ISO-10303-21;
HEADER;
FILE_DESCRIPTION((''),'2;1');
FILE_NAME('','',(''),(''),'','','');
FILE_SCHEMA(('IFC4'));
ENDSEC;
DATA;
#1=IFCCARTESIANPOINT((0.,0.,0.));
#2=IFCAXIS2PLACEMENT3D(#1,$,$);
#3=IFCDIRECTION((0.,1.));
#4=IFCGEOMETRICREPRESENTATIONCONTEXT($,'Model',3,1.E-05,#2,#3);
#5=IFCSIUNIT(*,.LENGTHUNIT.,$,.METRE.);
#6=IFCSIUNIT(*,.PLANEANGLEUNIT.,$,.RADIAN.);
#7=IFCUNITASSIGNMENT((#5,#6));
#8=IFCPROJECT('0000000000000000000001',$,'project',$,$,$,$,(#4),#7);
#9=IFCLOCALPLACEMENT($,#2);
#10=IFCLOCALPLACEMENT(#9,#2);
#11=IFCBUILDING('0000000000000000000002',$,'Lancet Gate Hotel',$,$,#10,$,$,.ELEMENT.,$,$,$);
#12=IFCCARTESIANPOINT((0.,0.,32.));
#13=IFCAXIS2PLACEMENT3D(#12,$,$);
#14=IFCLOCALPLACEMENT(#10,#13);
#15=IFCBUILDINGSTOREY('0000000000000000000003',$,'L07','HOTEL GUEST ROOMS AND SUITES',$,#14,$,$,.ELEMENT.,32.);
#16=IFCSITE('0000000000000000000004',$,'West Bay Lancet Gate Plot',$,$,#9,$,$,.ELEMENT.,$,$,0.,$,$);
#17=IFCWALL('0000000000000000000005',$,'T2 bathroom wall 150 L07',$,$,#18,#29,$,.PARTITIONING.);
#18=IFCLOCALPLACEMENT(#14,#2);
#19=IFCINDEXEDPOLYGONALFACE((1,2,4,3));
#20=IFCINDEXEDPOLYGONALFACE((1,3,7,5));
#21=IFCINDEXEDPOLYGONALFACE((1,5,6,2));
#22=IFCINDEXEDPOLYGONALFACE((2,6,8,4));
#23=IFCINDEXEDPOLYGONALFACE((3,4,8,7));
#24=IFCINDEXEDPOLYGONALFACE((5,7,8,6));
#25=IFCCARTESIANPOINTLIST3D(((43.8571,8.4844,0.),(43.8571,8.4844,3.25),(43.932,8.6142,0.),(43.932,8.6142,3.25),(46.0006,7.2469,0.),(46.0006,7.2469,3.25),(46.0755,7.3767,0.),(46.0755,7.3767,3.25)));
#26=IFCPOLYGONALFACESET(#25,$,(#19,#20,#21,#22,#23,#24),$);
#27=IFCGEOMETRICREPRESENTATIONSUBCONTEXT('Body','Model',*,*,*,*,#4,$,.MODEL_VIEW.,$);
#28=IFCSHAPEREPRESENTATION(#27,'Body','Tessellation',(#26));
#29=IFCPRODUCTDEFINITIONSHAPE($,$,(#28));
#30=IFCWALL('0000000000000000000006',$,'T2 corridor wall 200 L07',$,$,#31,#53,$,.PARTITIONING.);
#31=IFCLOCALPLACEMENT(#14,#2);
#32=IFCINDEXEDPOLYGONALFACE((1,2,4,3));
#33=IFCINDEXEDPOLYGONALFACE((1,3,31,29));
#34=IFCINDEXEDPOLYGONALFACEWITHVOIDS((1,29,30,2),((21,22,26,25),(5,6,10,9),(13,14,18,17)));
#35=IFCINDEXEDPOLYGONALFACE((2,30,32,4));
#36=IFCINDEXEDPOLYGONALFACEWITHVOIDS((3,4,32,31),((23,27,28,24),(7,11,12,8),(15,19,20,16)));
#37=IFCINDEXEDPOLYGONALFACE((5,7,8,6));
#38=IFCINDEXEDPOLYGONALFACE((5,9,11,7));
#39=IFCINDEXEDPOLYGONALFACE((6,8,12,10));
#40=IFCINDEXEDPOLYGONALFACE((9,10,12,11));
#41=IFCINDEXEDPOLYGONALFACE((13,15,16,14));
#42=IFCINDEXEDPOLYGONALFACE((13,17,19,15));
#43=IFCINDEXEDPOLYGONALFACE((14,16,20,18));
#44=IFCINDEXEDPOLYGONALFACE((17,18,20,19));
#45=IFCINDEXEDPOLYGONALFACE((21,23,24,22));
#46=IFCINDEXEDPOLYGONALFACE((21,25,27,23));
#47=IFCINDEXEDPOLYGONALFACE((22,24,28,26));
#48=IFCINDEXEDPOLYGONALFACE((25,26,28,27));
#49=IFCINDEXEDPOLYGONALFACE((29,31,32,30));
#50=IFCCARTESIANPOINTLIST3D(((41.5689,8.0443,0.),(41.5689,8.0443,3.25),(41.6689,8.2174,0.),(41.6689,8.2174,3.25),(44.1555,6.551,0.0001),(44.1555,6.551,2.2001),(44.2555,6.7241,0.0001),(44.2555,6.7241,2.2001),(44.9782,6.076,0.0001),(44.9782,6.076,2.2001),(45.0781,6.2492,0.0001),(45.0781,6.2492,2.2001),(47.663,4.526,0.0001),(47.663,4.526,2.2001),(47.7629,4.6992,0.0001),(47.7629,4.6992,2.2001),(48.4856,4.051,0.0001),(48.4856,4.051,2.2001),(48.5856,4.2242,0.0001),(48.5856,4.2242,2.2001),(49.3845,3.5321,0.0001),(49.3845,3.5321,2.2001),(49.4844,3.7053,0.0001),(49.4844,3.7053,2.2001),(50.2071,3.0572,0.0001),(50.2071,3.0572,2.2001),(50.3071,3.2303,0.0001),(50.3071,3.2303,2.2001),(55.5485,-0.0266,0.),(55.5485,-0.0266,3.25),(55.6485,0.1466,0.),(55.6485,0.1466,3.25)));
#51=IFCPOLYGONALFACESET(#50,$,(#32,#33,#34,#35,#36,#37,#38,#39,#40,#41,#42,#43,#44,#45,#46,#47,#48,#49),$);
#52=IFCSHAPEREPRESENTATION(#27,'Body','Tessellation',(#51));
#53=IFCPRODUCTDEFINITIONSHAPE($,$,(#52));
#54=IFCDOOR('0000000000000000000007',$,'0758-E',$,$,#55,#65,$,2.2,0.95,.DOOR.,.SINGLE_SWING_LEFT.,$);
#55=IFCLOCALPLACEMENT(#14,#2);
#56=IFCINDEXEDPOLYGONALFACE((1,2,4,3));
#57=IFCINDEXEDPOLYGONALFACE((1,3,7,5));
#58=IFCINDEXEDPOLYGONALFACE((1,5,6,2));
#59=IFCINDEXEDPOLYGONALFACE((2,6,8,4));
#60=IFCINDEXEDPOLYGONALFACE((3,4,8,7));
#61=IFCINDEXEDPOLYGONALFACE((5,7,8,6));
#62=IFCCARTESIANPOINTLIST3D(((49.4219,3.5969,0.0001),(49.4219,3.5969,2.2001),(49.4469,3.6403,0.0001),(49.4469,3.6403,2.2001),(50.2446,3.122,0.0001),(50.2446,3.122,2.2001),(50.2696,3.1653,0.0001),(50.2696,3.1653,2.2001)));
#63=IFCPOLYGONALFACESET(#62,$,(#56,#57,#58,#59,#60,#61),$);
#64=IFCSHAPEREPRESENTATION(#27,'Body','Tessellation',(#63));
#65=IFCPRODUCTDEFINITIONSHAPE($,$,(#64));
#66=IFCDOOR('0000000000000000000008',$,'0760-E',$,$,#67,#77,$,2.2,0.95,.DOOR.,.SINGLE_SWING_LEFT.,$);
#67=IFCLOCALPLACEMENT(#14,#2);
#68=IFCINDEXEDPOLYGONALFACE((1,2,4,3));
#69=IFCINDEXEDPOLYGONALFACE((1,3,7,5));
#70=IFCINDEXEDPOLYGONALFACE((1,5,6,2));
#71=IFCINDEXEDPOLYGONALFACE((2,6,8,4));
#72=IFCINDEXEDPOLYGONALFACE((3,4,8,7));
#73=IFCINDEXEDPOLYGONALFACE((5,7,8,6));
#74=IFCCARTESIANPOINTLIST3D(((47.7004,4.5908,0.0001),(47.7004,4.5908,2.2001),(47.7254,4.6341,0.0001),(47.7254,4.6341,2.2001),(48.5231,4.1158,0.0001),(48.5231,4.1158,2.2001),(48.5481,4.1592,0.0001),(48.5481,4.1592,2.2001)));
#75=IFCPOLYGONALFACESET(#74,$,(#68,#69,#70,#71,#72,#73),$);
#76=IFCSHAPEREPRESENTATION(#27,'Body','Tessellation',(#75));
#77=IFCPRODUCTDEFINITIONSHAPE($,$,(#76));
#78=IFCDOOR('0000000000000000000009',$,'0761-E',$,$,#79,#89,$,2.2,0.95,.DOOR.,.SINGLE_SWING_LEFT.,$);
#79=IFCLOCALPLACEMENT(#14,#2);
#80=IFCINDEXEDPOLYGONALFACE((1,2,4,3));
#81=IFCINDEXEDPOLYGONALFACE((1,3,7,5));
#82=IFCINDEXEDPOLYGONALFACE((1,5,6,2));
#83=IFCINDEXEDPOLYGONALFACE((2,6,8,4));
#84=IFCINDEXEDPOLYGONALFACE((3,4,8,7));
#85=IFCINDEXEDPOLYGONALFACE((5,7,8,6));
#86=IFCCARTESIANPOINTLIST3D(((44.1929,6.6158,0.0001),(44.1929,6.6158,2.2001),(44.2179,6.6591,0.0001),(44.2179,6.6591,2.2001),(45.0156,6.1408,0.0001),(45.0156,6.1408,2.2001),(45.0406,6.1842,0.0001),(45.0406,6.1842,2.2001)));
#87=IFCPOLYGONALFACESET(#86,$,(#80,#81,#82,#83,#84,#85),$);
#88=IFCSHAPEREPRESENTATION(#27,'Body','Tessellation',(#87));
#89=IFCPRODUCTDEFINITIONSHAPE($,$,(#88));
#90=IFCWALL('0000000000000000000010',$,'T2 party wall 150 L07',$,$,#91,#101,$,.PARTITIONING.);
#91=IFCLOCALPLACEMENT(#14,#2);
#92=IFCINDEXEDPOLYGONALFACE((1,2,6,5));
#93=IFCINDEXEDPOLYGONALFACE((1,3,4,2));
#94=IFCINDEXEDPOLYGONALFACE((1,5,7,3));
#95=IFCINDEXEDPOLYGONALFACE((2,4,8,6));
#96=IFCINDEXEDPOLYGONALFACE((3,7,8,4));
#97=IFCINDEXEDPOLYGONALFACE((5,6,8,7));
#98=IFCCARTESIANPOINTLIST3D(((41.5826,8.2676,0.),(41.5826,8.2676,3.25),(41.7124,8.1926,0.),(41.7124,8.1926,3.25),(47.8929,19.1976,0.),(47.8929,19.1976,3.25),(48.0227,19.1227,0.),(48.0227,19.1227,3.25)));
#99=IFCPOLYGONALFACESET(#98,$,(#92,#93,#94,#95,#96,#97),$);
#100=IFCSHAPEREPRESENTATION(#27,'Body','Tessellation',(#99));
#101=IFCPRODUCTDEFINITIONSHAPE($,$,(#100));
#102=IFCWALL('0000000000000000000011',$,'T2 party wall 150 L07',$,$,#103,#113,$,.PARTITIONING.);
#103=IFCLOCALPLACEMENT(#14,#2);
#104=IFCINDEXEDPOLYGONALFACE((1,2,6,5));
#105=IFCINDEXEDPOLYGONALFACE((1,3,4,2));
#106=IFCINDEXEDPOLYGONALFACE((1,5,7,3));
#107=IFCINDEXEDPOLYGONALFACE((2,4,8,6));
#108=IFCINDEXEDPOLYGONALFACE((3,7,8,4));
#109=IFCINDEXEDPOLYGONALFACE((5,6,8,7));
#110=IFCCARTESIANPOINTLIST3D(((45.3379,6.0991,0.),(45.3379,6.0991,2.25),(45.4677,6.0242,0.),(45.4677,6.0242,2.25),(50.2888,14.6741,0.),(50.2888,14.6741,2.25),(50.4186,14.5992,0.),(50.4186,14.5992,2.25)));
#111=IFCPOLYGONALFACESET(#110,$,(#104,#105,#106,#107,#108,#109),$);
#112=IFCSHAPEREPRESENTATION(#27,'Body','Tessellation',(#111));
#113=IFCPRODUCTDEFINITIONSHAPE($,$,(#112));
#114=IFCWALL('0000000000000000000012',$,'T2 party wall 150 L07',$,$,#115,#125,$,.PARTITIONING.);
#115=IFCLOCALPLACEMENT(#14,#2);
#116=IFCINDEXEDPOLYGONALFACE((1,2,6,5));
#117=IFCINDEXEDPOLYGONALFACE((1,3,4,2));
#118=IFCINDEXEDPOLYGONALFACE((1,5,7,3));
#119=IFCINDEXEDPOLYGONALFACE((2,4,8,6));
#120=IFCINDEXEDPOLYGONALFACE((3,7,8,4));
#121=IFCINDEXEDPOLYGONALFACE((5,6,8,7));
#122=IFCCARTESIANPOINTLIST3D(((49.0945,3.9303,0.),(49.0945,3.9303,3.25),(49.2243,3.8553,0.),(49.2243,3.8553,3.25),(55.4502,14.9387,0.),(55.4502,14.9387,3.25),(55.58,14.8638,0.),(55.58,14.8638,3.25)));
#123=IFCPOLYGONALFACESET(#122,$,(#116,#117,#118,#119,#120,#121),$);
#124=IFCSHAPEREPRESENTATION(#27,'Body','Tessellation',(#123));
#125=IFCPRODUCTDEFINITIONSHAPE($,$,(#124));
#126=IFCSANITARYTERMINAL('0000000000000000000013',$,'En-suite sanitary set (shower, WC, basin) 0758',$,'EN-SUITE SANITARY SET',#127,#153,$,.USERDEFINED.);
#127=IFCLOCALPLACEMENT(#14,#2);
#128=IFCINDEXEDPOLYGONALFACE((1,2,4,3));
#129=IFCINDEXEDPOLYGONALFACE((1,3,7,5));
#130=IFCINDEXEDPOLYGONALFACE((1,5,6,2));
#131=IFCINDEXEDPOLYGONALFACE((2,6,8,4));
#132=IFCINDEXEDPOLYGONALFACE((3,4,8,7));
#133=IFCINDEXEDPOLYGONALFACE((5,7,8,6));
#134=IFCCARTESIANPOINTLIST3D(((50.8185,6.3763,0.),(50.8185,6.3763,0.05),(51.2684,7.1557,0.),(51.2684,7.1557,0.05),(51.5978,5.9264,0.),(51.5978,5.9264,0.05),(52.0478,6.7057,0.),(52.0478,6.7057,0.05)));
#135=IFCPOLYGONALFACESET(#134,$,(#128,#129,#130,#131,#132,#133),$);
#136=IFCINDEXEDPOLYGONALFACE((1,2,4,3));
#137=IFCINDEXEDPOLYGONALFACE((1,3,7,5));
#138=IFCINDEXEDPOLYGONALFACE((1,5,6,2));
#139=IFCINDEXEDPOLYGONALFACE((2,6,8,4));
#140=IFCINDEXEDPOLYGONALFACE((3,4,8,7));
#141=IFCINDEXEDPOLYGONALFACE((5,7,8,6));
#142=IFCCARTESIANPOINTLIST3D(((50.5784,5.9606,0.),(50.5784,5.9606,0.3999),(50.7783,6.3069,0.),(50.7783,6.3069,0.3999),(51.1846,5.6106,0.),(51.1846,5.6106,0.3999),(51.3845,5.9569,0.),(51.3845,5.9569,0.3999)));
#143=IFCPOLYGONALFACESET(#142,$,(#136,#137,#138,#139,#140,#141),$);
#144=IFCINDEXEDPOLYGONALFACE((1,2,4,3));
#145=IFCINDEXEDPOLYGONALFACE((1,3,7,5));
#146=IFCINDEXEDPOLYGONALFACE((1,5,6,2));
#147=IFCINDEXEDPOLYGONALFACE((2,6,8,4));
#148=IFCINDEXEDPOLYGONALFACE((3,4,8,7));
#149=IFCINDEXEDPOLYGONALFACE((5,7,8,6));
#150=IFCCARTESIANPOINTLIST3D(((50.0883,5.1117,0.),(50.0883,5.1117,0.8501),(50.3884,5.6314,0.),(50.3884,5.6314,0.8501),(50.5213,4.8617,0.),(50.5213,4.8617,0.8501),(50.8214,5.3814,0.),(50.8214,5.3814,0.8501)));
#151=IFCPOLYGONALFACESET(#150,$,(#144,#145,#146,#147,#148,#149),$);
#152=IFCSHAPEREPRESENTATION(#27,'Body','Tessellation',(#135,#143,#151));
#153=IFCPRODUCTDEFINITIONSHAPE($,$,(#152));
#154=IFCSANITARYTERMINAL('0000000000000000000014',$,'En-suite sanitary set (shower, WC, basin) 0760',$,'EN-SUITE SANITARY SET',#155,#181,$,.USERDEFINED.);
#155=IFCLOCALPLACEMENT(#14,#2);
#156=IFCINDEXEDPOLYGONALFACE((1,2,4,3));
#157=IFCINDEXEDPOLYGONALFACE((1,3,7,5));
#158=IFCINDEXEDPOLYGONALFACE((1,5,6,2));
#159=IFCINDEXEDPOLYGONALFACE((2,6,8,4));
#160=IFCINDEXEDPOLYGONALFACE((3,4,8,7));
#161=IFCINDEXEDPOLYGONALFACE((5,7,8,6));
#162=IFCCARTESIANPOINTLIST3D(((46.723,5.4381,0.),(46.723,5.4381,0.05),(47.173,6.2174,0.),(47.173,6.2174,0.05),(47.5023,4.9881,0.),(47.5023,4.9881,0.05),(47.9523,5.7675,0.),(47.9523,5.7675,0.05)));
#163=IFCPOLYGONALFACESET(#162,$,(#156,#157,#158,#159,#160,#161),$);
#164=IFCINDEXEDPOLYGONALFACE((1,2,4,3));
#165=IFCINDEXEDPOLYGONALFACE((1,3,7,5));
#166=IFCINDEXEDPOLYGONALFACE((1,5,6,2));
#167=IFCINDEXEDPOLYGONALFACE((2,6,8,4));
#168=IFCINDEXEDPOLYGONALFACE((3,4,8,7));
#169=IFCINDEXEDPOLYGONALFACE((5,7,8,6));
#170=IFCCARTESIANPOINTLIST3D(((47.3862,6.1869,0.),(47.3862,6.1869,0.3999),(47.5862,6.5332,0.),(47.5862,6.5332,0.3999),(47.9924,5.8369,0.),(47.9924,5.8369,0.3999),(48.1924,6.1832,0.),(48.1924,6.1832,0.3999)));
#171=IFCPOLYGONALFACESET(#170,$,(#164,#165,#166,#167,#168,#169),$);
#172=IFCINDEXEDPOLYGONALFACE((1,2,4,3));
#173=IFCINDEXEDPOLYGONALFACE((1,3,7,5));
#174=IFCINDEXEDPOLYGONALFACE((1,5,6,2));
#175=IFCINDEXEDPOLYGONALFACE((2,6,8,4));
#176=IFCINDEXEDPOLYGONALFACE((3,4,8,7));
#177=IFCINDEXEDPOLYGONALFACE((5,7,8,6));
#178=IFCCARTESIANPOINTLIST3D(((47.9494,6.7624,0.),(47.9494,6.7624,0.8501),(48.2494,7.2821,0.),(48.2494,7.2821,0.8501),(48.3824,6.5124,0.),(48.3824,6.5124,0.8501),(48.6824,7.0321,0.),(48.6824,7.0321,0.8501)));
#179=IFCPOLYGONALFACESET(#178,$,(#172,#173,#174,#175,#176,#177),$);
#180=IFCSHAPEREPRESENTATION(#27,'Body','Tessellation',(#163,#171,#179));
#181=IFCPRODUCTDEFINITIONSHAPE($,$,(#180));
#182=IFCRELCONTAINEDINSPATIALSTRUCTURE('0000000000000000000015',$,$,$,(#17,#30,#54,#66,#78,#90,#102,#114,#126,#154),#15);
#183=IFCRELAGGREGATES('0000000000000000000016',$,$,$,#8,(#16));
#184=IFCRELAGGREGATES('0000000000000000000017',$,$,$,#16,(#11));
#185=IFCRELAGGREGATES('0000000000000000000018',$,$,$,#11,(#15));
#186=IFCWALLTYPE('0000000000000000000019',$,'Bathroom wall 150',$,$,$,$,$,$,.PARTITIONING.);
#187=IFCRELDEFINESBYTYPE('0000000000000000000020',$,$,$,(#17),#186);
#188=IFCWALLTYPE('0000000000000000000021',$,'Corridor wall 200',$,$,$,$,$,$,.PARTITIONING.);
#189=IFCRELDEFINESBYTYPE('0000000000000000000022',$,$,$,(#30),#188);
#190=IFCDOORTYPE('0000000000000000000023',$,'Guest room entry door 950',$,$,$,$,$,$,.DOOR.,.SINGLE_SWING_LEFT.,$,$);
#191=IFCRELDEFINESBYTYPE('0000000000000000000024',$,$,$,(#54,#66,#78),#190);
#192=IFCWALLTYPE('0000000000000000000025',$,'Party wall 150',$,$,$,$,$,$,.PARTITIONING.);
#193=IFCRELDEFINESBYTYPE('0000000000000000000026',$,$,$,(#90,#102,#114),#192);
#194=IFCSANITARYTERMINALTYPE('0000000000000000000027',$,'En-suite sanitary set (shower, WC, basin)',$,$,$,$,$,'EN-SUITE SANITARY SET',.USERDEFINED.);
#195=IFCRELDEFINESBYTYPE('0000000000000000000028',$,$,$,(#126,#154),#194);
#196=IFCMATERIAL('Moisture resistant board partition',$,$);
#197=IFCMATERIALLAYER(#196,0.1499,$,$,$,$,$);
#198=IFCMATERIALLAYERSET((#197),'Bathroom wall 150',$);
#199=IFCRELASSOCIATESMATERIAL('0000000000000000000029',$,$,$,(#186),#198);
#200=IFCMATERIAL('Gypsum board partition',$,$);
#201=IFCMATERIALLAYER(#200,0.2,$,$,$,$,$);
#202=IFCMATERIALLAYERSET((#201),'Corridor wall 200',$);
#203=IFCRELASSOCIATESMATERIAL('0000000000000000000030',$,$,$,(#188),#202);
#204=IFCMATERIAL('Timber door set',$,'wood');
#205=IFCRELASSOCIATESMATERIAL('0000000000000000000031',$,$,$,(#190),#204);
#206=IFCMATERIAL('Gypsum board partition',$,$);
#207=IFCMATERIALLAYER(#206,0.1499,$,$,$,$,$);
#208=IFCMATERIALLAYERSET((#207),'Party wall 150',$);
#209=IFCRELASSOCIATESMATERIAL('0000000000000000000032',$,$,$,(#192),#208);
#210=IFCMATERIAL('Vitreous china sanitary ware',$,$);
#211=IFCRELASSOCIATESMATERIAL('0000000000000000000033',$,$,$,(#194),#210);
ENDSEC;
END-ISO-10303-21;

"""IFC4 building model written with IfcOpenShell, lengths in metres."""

from ifc_helpers import new_model, si_unit, direction, frame, frame_2d, origin, origin_2d, place, context, subcontext, project, spatial, rectangle, extrude, material, layer, layer_set, type_object, element, fill, save


model = new_model("IFC4")

# Units and contexts
model_context = context("Model", 3, precision=1e-05, world=origin(), true_north=direction((0.0, 1.0)))
body_context = subcontext(model_context, "Body", "Model", "MODEL_VIEW")
ifc_project = project(units=[si_unit("LENGTHUNIT", "METRE"), si_unit("PLANEANGLEUNIT", "RADIAN")], contexts=[model_context])

# Site, building, storey
site_placement = place(None, origin())
site = spatial("IfcSite", under=ifc_project, at=site_placement, Name="West Bay Lancet Gate Plot", CompositionType="ELEMENT", RefElevation=0.0)
building_placement = place(site_placement, origin())
building = spatial("IfcBuilding", under=site, at=building_placement, Name="Lancet Gate Hotel", CompositionType="ELEMENT")
storey_placement = place(building_placement, frame((0.0, 0.0, 32.0)))
storey = spatial("IfcBuildingStorey", under=building, at=storey_placement, Name="L07", Description="HOTEL GUEST ROOMS AND SUITES", CompositionType="ELEMENT", Elevation=32.0)

# Shared definitions
ifc_material_1 = material(Name="Moisture resistant board partition")
ifc_layer_1 = layer(ifc_material_1, 0.1499)
ifc_layer_set_1 = layer_set([ifc_layer_1], Name="Bathroom wall 150")
wall_type_1 = type_object("IfcWallType", Name="Bathroom wall 150", PredefinedType="PARTITIONING", material=ifc_layer_set_1)

# Wall
wall_1_placement = place(storey_placement, frame((43.8945, 8.5493, 0.0), z_axis=(0.0, 0.0, 1.0), x_axis=(0.866031, -0.49999, 0.0)))
element("IfcWall", 1, at=wall_1_placement, inside=storey, type_object=wall_type_1, Name="T2 bathroom wall 150 L07", PredefinedType="PARTITIONING", context=body_context, shape_type="SweptSolid", body=[
    extrude(rectangle(XDim=2.4751, YDim=0.1499, at=frame_2d((1.2375, 0.0))), origin(), (0.0, 0.0, 1.0), 3.25),
])

# Wall, openings, doors
ifc_material_2 = material(Name="Gypsum board partition")
ifc_layer_2 = layer(ifc_material_2, 0.2)
ifc_layer_set_2 = layer_set([ifc_layer_2], Name="Corridor wall 200")
wall_type_2 = type_object("IfcWallType", Name="Corridor wall 200", PredefinedType="PARTITIONING", material=ifc_layer_set_2)
wall_2_placement = place(storey_placement, frame((41.6189, 8.1309, 0.0), z_axis=(0.0, 0.0, 1.0), x_axis=(0.866032, -0.499988, 0.0)))
wall_2 = element("IfcWall", 2, at=wall_2_placement, inside=storey, type_object=wall_type_2, Name="T2 corridor wall 200 L07", PredefinedType="PARTITIONING", context=body_context, shape_type="SweptSolid", body=[
    extrude(rectangle(XDim=16.1421, YDim=0.2, at=frame_2d((8.071, 0.0))), origin(), (0.0, 0.0, 1.0), 3.25),
])
opening_1_placement = place(wall_2_placement, frame((9.0244, 0.0, 0.0)))
opening_1 = element("IfcOpeningElement", 3, at=opening_1_placement, cuts=wall_2, PredefinedType="OPENING", context=body_context, shape_type="SweptSolid", body=[
    extrude(rectangle(XDim=0.95, YDim=2.2, at=frame_2d((0.4751, 1.1001))), frame((0.0, 0.1099, 0.0), z_axis=(0.0, -1.0, 0.0), x_axis=(1.0, 0.0, 0.0)), (0.0, 0.0, 1.0), 0.22),
])
opening_2_placement = place(wall_2_placement, frame((7.0366, 0.0, 0.0)))
opening_2 = element("IfcOpeningElement", 4, at=opening_2_placement, cuts=wall_2, PredefinedType="OPENING", context=body_context, shape_type="SweptSolid", body=[
    extrude(rectangle(XDim=0.95, YDim=2.2, at=frame_2d((0.4751, 1.1001))), frame((0.0, 0.1099, 0.0), z_axis=(0.0, -1.0, 0.0), x_axis=(1.0, 0.0, 0.0)), (0.0, 0.0, 1.0), 0.22),
])
opening_3_placement = place(wall_2_placement, frame((2.9866, 0.0, 0.0)))
opening_3 = element("IfcOpeningElement", 5, at=opening_3_placement, cuts=wall_2, PredefinedType="OPENING", context=body_context, shape_type="SweptSolid", body=[
    extrude(rectangle(XDim=0.95, YDim=2.2, at=frame_2d((0.4751, 1.1001))), frame((0.0, 0.1099, 0.0), z_axis=(0.0, -1.0, 0.0), x_axis=(1.0, 0.0, 0.0)), (0.0, 0.0, 1.0), 0.22),
])
ifc_material_3 = material(Name="Timber door set", Category="wood")
door_type_1 = type_object("IfcDoorType", Name="Guest room entry door 950", OperationType="SINGLE_SWING_LEFT", PredefinedType="DOOR", material=ifc_material_3)
door_1_placement = place(opening_1_placement, origin())
door_1 = element("IfcDoor", 6, at=door_1_placement, inside=storey, type_object=door_type_1, Name="0758-E", OperationType="SINGLE_SWING_LEFT", OverallHeight=2.2, OverallWidth=0.95, PredefinedType="DOOR", context=body_context, shape_type="SweptSolid", body=[
    extrude(rectangle(XDim=0.95, YDim=2.2, at=frame_2d((0.4751, 1.1001))), frame((0.0, 0.0249, 0.0), z_axis=(0.0, -1.0, 0.0), x_axis=(1.0, 0.0, 0.0)), (0.0, 0.0, 1.0), 0.05),
])
fill(opening_1, door_1)
door_2_placement = place(opening_2_placement, origin())
door_2 = element("IfcDoor", 7, at=door_2_placement, inside=storey, type_object=door_type_1, Name="0760-E", OperationType="SINGLE_SWING_LEFT", OverallHeight=2.2, OverallWidth=0.95, PredefinedType="DOOR", context=body_context, shape_type="SweptSolid", body=[
    extrude(rectangle(XDim=0.95, YDim=2.2, at=frame_2d((0.4751, 1.1001))), frame((0.0, 0.0249, 0.0), z_axis=(0.0, -1.0, 0.0), x_axis=(1.0, 0.0, 0.0)), (0.0, 0.0, 1.0), 0.05),
])
fill(opening_2, door_2)
door_3_placement = place(opening_3_placement, origin())
door_3 = element("IfcDoor", 8, at=door_3_placement, inside=storey, type_object=door_type_1, Name="0761-E", OperationType="SINGLE_SWING_LEFT", OverallHeight=2.2, OverallWidth=0.95, PredefinedType="DOOR", context=body_context, shape_type="SweptSolid", body=[
    extrude(rectangle(XDim=0.95, YDim=2.2, at=frame_2d((0.4751, 1.1001))), frame((0.0, 0.0249, 0.0), z_axis=(0.0, -1.0, 0.0), x_axis=(1.0, 0.0, 0.0)), (0.0, 0.0, 1.0), 0.05),
])
fill(opening_3, door_3)

# Walls
ifc_material_4 = material(Name="Gypsum board partition")
ifc_layer_3 = layer(ifc_material_4, 0.1499)
ifc_layer_set_3 = layer_set([ifc_layer_3], Name="Party wall 150")
wall_type_3 = type_object("IfcWallType", Name="Party wall 150", PredefinedType="PARTITIONING", material=ifc_layer_set_3)
wall_3_placement = place(storey_placement, frame((41.6475, 8.23, 0.0), z_axis=(0.0, 0.0, 1.0), x_axis=(0.499986, 0.866034, 0.0)))
element("IfcWall", 9, at=wall_3_placement, inside=storey, type_object=wall_type_3, Name="T2 party wall 150 L07", PredefinedType="PARTITIONING", context=body_context, shape_type="SweptSolid", body=[
    extrude(rectangle(XDim=12.6208, YDim=0.1499, at=frame_2d((6.3105, 0.0))), origin(), (0.0, 0.0, 1.0), 3.25),
])
wall_4_placement = place(storey_placement, frame((45.4028, 6.0618, 0.0), z_axis=(0.0, 0.0, 1.0), x_axis=(0.500013, 0.866018, 0.0)))
element("IfcWall", 10, at=wall_4_placement, inside=storey, type_object=wall_type_3, Name="T2 party wall 150 L07", PredefinedType="PARTITIONING", context=body_context, shape_type="SweptSolid", body=[
    extrude(rectangle(XDim=9.9016, YDim=0.1499, at=frame_2d((4.9507, 0.0))), origin(), (0.0, 0.0, 1.0), 2.25),
])
wall_5_placement = place(storey_placement, frame((49.1594, 3.8928, 0.0), z_axis=(0.0, 0.0, 1.0), x_axis=(0.499996, 0.866028, 0.0)))
element("IfcWall", 11, at=wall_5_placement, inside=storey, type_object=wall_type_3, Name="T2 party wall 150 L07", PredefinedType="PARTITIONING", context=body_context, shape_type="SweptSolid", body=[
    extrude(rectangle(XDim=12.7114, YDim=0.1499, at=frame_2d((6.3557, 0.0))), origin(), (0.0, 0.0, 1.0), 3.25),
])

# Sanitary terminals
ifc_material_5 = material(Name="Vitreous china sanitary ware")
sanitary_terminal_type = type_object("IfcSanitaryTerminalType", Name="En-suite sanitary set (shower, WC, basin)", ElementType="EN-SUITE SANITARY SET", PredefinedType="USERDEFINED", material=ifc_material_5)
sanitary_terminal_1_placement = place(storey_placement, frame((51.4331, 6.541, 0.0), z_axis=(0.0, 0.0, 1.0), x_axis=(1.0, 0.0, 0.0)))
element("IfcSanitaryTerminal", 12, at=sanitary_terminal_1_placement, inside=storey, type_object=sanitary_terminal_type, Name="En-suite sanitary set (shower, WC, basin) 0758", ObjectType="EN-SUITE SANITARY SET", PredefinedType="USERDEFINED", context=body_context, shape_type="SweptSolid", body=[
    extrude(rectangle(XDim=0.8999, YDim=0.8999, at=origin_2d()), frame((0.0, 0.0, 0.0), z_axis=(0.0, 0.0, 1.0), x_axis=(0.5, 0.866025, 0.0)), (0.0, 0.0, 1.0), 0.05),
    extrude(rectangle(XDim=0.3999, YDim=0.7, at=origin_2d()), frame((-0.4517, -0.5823, 0.0), z_axis=(0.0, 0.0, 1.0), x_axis=(0.5, 0.866025, 0.0)), (0.0, 0.0, 1.0), 0.3999),
    extrude(rectangle(XDim=0.6001, YDim=0.5, at=origin_2d()), frame((-0.9783, -1.2944, 0.0), z_axis=(0.0, 0.0, 1.0), x_axis=(0.5, 0.866025, 0.0)), (0.0, 0.0, 1.0), 0.8501),
])
sanitary_terminal_2_placement = place(storey_placement, frame((47.3376, 5.6028, 0.0), z_axis=(0.0, 0.0, 1.0), x_axis=(1.0, 0.0, 0.0)))
element("IfcSanitaryTerminal", 13, at=sanitary_terminal_2_placement, inside=storey, type_object=sanitary_terminal_type, Name="En-suite sanitary set (shower, WC, basin) 0760", ObjectType="EN-SUITE SANITARY SET", PredefinedType="USERDEFINED", context=body_context, shape_type="SweptSolid", body=[
    extrude(rectangle(XDim=0.8999, YDim=0.8999, at=origin_2d()), frame((0.0, 0.0, 0.0), z_axis=(0.0, 0.0, 1.0), x_axis=(-0.5, -0.866025, 0.0)), (0.0, 0.0, 1.0), 0.05),
    extrude(rectangle(XDim=0.3999, YDim=0.7, at=origin_2d()), frame((0.4517, 0.5823, 0.0), z_axis=(0.0, 0.0, 1.0), x_axis=(-0.5, -0.866025, 0.0)), (0.0, 0.0, 1.0), 0.3999),
    extrude(rectangle(XDim=0.6001, YDim=0.5, at=origin_2d()), frame((0.9783, 1.2944, 0.0), z_axis=(0.0, 0.0, 1.0), x_axis=(-0.5, -0.866025, 0.0)), (0.0, 0.0, 1.0), 0.8501),
])

save(model, "model.ifc")
